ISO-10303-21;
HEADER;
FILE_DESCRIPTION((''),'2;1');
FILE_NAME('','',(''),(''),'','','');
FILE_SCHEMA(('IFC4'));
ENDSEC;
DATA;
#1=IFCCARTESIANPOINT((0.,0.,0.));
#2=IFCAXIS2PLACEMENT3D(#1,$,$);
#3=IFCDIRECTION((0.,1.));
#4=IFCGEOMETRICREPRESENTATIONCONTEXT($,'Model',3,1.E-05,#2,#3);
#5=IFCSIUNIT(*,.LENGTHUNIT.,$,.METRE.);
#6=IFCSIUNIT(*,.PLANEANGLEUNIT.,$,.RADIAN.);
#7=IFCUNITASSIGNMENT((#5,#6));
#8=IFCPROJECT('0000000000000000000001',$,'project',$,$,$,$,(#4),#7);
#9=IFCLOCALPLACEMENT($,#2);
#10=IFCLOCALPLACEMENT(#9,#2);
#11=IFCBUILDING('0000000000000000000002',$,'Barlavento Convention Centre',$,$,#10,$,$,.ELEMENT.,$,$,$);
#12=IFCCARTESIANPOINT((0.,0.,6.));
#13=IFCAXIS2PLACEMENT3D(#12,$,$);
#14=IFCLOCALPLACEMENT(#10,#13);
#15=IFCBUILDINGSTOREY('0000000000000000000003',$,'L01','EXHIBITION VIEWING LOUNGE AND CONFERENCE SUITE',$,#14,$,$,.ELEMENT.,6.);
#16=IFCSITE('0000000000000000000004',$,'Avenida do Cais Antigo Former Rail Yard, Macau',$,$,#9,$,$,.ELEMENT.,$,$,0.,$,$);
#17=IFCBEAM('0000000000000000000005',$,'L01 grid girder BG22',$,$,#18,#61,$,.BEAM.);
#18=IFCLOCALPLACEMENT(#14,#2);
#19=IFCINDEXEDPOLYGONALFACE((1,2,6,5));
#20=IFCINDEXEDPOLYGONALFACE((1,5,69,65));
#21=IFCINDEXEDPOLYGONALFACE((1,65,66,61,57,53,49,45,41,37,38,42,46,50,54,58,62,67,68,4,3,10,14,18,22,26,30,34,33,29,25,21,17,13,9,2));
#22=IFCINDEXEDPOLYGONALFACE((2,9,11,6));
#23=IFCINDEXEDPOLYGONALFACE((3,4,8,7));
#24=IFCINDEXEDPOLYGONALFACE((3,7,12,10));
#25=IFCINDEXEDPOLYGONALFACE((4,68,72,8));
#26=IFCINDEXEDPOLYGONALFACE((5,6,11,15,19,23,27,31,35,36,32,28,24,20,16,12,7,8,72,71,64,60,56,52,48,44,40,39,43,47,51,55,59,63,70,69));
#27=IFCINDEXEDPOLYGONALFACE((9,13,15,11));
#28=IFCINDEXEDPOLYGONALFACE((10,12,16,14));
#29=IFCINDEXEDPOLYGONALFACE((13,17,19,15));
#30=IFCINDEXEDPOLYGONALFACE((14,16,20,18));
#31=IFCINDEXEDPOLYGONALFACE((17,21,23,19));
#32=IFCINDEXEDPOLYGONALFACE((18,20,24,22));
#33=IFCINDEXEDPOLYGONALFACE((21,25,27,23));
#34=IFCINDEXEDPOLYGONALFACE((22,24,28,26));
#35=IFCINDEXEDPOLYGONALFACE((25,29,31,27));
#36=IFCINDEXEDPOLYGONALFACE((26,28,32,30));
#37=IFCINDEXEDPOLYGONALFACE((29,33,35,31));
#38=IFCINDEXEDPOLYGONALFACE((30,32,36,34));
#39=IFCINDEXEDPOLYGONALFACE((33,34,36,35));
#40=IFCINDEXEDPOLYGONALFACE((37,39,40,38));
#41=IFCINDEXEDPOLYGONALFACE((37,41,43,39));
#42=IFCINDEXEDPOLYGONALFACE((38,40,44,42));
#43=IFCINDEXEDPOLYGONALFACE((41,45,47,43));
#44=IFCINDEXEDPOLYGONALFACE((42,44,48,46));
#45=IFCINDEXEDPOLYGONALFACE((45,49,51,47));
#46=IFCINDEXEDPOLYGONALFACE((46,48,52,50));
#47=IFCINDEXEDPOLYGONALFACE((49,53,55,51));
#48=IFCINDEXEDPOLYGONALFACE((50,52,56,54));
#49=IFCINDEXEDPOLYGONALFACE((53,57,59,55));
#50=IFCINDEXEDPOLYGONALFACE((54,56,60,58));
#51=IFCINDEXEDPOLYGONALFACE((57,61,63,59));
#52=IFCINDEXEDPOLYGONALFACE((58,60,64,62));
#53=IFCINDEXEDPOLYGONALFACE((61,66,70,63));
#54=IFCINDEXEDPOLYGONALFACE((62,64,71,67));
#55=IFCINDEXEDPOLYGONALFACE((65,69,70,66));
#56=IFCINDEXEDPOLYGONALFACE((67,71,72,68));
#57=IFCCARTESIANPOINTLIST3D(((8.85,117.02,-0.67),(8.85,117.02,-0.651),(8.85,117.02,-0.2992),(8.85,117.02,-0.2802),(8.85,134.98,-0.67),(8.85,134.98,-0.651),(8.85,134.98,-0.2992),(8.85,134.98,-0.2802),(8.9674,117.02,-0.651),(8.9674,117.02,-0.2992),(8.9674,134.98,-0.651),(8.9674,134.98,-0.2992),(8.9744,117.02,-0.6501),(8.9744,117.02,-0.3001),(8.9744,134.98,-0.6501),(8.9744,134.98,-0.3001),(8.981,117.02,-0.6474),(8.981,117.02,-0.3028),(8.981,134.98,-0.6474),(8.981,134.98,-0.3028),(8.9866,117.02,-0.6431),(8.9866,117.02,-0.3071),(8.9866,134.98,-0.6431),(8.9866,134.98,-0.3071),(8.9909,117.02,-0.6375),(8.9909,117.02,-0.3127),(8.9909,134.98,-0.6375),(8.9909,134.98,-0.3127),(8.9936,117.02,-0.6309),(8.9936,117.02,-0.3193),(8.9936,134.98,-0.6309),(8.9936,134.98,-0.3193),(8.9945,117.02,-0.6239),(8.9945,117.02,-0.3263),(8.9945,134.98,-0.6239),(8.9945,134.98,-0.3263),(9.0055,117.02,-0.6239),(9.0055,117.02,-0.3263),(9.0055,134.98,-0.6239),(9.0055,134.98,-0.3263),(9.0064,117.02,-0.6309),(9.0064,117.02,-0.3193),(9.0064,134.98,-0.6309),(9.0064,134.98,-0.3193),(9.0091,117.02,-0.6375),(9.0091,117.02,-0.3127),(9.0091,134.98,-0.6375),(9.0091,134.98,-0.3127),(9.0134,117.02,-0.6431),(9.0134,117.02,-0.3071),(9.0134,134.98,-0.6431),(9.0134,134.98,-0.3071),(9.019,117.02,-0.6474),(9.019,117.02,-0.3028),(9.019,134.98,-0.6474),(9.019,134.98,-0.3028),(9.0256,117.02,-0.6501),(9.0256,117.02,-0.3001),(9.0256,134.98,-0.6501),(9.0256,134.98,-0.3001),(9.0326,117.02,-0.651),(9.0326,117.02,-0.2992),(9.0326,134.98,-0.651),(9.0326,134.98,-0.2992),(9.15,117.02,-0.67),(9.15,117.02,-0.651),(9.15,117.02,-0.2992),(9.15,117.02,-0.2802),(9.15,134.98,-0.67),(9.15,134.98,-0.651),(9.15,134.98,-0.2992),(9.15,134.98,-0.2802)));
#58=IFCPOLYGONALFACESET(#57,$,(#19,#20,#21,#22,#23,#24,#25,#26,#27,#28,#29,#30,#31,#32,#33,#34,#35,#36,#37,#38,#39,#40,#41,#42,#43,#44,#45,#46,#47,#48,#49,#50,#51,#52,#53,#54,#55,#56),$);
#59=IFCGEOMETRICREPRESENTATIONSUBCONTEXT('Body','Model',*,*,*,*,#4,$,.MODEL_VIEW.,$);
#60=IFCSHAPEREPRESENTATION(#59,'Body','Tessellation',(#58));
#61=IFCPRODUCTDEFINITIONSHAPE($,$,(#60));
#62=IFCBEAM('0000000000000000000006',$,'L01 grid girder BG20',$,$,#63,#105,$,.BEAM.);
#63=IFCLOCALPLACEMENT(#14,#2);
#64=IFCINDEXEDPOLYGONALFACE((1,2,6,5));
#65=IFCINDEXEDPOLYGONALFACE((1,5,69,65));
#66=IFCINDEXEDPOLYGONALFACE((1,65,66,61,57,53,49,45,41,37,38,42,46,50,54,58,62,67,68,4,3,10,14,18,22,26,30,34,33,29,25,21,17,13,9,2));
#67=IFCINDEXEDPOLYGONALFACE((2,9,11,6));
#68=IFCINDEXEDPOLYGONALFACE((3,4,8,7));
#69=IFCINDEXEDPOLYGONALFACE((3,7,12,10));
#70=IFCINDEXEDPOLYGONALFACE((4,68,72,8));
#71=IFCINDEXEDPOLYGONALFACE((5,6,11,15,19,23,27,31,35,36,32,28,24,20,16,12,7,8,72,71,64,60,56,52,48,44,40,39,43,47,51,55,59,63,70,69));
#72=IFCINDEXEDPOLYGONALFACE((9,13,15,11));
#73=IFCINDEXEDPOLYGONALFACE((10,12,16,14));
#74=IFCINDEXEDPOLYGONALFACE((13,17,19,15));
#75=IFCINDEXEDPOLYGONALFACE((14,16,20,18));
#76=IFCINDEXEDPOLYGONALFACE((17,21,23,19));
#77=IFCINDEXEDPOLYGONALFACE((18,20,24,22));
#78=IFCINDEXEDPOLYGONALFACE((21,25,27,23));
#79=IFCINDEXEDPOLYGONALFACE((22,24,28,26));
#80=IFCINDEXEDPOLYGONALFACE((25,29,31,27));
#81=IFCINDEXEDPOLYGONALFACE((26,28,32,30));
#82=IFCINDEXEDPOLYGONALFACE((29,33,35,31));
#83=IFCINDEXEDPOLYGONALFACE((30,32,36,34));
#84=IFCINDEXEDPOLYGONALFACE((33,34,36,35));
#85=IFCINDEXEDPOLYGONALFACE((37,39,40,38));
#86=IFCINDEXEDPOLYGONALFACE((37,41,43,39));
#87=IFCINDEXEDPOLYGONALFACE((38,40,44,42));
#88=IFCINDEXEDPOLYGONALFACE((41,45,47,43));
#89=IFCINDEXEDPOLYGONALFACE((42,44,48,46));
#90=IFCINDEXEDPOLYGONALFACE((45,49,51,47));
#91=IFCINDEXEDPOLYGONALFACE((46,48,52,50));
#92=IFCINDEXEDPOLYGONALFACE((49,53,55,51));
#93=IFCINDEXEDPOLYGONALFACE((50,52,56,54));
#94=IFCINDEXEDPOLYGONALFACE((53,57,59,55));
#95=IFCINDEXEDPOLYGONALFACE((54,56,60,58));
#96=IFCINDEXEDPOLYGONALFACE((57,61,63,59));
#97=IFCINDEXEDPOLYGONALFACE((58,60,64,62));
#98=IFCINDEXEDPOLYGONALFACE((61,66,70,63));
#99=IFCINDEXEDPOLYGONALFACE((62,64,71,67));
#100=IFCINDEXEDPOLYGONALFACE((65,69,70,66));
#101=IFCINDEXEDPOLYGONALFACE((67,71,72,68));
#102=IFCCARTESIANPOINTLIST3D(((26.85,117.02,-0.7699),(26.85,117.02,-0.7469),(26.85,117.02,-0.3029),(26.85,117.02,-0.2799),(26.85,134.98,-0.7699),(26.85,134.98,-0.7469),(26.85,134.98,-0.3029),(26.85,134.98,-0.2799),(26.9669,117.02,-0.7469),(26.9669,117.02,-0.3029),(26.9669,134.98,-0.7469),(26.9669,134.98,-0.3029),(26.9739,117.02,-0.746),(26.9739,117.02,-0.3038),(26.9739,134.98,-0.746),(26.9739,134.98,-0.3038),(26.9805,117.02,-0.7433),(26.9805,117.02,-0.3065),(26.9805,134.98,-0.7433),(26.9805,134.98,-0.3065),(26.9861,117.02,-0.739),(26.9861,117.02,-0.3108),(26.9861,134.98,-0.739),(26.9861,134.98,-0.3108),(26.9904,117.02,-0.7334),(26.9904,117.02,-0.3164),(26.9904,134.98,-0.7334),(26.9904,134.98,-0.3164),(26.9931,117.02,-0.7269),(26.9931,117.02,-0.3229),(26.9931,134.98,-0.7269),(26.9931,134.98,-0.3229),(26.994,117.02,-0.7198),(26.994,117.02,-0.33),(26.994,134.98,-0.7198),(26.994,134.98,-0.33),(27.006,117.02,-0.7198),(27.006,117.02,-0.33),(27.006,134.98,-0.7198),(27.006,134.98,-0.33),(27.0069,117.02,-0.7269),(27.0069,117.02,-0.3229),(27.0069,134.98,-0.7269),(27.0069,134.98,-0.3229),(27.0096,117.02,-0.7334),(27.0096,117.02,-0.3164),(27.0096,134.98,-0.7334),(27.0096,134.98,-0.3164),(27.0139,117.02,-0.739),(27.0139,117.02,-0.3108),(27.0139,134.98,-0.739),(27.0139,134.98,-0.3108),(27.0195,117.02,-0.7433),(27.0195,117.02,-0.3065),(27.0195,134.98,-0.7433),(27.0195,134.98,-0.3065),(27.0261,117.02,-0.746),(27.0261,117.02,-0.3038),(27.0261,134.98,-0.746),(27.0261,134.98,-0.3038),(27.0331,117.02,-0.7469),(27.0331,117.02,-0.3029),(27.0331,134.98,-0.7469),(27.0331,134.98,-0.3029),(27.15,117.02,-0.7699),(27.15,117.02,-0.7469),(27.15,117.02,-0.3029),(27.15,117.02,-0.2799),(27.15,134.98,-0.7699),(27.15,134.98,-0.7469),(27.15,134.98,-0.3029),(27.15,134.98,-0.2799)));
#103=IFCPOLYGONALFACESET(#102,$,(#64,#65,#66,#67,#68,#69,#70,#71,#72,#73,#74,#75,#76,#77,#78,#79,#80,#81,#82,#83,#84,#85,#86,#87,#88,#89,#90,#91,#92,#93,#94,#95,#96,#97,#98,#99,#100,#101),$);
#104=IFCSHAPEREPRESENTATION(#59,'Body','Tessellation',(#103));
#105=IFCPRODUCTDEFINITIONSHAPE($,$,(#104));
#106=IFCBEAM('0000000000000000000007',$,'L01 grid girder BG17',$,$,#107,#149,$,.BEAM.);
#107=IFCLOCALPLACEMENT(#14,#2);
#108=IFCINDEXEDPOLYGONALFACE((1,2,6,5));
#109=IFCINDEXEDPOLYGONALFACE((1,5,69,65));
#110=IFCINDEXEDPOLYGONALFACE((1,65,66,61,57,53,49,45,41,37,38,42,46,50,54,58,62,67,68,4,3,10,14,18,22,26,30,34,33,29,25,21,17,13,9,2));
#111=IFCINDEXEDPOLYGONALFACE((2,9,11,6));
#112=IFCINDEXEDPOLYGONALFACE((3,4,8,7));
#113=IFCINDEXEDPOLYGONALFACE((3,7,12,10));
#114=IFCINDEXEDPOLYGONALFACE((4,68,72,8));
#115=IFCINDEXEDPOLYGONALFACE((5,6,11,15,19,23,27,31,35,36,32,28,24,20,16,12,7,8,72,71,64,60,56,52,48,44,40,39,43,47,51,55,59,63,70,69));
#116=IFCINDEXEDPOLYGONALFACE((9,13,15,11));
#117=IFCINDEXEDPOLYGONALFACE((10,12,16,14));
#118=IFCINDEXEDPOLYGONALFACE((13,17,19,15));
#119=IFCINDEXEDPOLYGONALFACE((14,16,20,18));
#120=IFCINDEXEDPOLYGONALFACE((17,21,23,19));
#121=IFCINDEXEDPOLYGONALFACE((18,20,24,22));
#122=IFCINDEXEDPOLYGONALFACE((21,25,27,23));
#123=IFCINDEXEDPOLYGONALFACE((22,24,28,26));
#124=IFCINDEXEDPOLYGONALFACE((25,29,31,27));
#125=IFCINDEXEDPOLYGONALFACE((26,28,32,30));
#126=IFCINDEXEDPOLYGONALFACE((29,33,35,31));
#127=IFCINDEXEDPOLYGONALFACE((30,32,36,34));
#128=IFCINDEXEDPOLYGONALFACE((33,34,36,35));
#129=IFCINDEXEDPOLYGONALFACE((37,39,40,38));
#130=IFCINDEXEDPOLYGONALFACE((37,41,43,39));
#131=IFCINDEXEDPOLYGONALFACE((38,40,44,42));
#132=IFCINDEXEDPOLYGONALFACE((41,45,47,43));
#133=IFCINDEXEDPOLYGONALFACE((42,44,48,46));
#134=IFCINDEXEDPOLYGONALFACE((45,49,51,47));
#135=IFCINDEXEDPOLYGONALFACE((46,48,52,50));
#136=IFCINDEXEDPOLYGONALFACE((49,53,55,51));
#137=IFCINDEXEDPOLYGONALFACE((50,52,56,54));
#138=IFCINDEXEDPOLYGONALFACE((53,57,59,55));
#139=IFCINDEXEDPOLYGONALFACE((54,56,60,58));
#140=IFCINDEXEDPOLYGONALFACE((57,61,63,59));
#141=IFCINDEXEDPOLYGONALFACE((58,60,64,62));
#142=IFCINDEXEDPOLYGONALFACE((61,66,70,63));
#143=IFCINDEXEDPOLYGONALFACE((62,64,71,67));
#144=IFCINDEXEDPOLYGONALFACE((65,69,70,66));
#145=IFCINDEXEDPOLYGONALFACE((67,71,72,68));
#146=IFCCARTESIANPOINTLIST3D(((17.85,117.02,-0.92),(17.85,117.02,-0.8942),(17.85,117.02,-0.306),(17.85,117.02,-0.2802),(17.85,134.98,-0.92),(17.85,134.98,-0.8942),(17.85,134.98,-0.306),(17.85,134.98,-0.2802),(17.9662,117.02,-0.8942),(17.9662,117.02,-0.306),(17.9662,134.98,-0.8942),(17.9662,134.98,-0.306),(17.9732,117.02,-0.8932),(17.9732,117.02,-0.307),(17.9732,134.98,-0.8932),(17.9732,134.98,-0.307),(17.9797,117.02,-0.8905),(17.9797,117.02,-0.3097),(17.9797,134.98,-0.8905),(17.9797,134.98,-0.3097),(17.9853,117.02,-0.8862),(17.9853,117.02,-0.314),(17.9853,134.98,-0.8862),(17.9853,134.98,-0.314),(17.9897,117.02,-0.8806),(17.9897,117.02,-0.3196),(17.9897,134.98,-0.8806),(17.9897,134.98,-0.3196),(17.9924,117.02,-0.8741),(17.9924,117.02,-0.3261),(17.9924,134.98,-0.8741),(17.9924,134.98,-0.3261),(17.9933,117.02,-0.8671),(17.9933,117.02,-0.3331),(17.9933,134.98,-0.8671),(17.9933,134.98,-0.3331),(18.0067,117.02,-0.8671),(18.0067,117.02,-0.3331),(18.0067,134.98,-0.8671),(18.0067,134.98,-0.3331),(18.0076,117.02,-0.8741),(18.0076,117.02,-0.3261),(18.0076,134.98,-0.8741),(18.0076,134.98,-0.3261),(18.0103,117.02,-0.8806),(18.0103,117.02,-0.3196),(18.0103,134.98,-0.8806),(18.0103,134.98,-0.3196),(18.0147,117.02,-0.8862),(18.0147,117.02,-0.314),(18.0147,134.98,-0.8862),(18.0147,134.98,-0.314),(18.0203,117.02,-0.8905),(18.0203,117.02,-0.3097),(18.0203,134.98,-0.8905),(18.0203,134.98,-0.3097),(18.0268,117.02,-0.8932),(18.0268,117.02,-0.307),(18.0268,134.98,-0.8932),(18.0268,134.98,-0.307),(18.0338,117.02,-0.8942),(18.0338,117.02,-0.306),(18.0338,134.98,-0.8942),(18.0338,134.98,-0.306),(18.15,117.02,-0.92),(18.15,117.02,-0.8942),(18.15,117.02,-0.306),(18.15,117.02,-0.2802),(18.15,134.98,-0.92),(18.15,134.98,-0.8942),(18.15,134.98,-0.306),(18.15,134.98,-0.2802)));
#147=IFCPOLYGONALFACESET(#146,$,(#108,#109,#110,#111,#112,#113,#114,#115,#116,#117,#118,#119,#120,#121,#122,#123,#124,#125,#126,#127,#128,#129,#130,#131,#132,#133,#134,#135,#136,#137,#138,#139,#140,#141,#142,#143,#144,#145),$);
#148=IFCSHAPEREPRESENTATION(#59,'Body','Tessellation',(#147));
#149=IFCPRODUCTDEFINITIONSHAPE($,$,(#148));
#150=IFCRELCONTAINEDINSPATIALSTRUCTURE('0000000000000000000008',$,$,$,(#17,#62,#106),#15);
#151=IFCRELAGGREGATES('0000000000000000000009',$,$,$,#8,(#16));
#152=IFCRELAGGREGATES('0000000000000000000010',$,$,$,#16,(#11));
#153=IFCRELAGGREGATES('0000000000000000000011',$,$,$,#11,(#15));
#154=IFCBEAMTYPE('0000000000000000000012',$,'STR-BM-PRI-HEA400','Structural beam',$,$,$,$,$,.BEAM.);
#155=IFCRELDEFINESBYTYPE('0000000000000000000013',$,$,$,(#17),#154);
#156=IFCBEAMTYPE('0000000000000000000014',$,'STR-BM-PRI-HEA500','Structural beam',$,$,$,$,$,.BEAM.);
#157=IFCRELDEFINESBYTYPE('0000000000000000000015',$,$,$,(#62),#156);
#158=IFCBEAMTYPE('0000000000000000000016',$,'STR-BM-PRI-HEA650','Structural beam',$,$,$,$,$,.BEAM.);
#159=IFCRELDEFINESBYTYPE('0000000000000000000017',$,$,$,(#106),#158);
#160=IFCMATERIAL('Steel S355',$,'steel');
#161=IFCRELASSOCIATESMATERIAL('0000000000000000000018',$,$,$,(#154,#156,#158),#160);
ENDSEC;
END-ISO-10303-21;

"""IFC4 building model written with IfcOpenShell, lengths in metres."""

from ifc_helpers import new_model, si_unit, direction, frame, origin, origin_2d, place, context, subcontext, project, spatial, i_section, extrude, material, material_profile, profile_set, type_object, element, save


model = new_model("IFC4")

# Units and contexts
model_context = context("Model", 3, precision=1e-05, world=origin(), true_north=direction((0.0, 1.0)))
body_context = subcontext(model_context, "Body", "Model", "MODEL_VIEW")
ifc_project = project(units=[si_unit("LENGTHUNIT", "METRE"), si_unit("PLANEANGLEUNIT", "RADIAN")], contexts=[model_context])

# Site, building, storey
site_placement = place(None, origin())
site = spatial("IfcSite", under=ifc_project, at=site_placement, Name="Avenida do Cais Antigo Former Rail Yard, Macau", CompositionType="ELEMENT", RefElevation=0.0)
building_placement = place(site_placement, origin())
building = spatial("IfcBuilding", under=site, at=building_placement, Name="Barlavento Convention Centre", CompositionType="ELEMENT")
storey_placement = place(building_placement, frame((0.0, 0.0, 6.0)))
storey = spatial("IfcBuildingStorey", under=building, at=storey_placement, Name="L01", Description="EXHIBITION VIEWING LOUNGE AND CONFERENCE SUITE", CompositionType="ELEMENT", Elevation=6.0)

# Shared definitions
ifc_material_1 = material(Name="Steel S355", Category="steel")

# Beams
ifc_material_profile_1 = material_profile(ifc_material_1, i_section(OverallWidth=0.3, OverallDepth=0.3899, WebThickness=0.011, FlangeThickness=0.019, FilletRadius=0.0271, at=origin_2d()), Name="HEA 400")
ifc_profile_set_1 = profile_set([ifc_material_profile_1], Name="Steel S355")
beam_type_1 = type_object("IfcBeamType", Name="STR-BM-PRI-HEA400", Description="Structural beam", PredefinedType="BEAM", material=ifc_profile_set_1)
beam_1_placement = place(storey_placement, frame((9.0, 117.02, -0.4751), z_axis=(0.0, 1.0, 0.0), x_axis=(-1.0, 0.0, 0.0)))
element("IfcBeam", 1, at=beam_1_placement, inside=storey, type_object=beam_type_1, Name="L01 grid girder BG22", PredefinedType="BEAM", context=body_context, shape_type="SweptSolid", body=[
    extrude(i_section(OverallWidth=0.3, OverallDepth=0.3899, WebThickness=0.011, FlangeThickness=0.019, FilletRadius=0.0271, at=origin_2d()), origin(), (0.0, 0.0, 1.0), 17.96),
])
ifc_material_profile_2 = material_profile(ifc_material_1, i_section(OverallWidth=0.3, OverallDepth=0.49, WebThickness=0.012, FlangeThickness=0.0229, FilletRadius=0.0271, at=origin_2d()), Name="HEA 500")
ifc_profile_set_2 = profile_set([ifc_material_profile_2], Name="Steel S355")
beam_type_2 = type_object("IfcBeamType", Name="STR-BM-PRI-HEA500", Description="Structural beam", PredefinedType="BEAM", material=ifc_profile_set_2)
beam_2_placement = place(storey_placement, frame((27.0, 117.02, -0.5249), z_axis=(0.0, 1.0, 0.0), x_axis=(-1.0, 0.0, 0.0)))
element("IfcBeam", 2, at=beam_2_placement, inside=storey, type_object=beam_type_2, Name="L01 grid girder BG20", PredefinedType="BEAM", context=body_context, shape_type="SweptSolid", body=[
    extrude(i_section(OverallWidth=0.3, OverallDepth=0.49, WebThickness=0.012, FlangeThickness=0.0229, FilletRadius=0.0271, at=origin_2d()), origin(), (0.0, 0.0, 1.0), 17.96),
])
ifc_material_profile_3 = material_profile(ifc_material_1, i_section(OverallWidth=0.3, OverallDepth=0.6399, WebThickness=0.0134, FlangeThickness=0.0259, FilletRadius=0.0271, at=origin_2d()), Name="HEA 650")
ifc_profile_set_3 = profile_set([ifc_material_profile_3], Name="Steel S355")
beam_type_3 = type_object("IfcBeamType", Name="STR-BM-PRI-HEA650", Description="Structural beam", PredefinedType="BEAM", material=ifc_profile_set_3)
beam_3_placement = place(storey_placement, frame((18.0, 117.02, -0.6001), z_axis=(0.0, 1.0, 0.0), x_axis=(-1.0, 0.0, 0.0)))
element("IfcBeam", 3, at=beam_3_placement, inside=storey, type_object=beam_type_3, Name="L01 grid girder BG17", PredefinedType="BEAM", context=body_context, shape_type="SweptSolid", body=[
    extrude(i_section(OverallWidth=0.3, OverallDepth=0.6399, WebThickness=0.0134, FlangeThickness=0.0259, FilletRadius=0.0271, at=origin_2d()), origin(), (0.0, 0.0, 1.0), 17.96),
])

save(model, "model.ifc")
